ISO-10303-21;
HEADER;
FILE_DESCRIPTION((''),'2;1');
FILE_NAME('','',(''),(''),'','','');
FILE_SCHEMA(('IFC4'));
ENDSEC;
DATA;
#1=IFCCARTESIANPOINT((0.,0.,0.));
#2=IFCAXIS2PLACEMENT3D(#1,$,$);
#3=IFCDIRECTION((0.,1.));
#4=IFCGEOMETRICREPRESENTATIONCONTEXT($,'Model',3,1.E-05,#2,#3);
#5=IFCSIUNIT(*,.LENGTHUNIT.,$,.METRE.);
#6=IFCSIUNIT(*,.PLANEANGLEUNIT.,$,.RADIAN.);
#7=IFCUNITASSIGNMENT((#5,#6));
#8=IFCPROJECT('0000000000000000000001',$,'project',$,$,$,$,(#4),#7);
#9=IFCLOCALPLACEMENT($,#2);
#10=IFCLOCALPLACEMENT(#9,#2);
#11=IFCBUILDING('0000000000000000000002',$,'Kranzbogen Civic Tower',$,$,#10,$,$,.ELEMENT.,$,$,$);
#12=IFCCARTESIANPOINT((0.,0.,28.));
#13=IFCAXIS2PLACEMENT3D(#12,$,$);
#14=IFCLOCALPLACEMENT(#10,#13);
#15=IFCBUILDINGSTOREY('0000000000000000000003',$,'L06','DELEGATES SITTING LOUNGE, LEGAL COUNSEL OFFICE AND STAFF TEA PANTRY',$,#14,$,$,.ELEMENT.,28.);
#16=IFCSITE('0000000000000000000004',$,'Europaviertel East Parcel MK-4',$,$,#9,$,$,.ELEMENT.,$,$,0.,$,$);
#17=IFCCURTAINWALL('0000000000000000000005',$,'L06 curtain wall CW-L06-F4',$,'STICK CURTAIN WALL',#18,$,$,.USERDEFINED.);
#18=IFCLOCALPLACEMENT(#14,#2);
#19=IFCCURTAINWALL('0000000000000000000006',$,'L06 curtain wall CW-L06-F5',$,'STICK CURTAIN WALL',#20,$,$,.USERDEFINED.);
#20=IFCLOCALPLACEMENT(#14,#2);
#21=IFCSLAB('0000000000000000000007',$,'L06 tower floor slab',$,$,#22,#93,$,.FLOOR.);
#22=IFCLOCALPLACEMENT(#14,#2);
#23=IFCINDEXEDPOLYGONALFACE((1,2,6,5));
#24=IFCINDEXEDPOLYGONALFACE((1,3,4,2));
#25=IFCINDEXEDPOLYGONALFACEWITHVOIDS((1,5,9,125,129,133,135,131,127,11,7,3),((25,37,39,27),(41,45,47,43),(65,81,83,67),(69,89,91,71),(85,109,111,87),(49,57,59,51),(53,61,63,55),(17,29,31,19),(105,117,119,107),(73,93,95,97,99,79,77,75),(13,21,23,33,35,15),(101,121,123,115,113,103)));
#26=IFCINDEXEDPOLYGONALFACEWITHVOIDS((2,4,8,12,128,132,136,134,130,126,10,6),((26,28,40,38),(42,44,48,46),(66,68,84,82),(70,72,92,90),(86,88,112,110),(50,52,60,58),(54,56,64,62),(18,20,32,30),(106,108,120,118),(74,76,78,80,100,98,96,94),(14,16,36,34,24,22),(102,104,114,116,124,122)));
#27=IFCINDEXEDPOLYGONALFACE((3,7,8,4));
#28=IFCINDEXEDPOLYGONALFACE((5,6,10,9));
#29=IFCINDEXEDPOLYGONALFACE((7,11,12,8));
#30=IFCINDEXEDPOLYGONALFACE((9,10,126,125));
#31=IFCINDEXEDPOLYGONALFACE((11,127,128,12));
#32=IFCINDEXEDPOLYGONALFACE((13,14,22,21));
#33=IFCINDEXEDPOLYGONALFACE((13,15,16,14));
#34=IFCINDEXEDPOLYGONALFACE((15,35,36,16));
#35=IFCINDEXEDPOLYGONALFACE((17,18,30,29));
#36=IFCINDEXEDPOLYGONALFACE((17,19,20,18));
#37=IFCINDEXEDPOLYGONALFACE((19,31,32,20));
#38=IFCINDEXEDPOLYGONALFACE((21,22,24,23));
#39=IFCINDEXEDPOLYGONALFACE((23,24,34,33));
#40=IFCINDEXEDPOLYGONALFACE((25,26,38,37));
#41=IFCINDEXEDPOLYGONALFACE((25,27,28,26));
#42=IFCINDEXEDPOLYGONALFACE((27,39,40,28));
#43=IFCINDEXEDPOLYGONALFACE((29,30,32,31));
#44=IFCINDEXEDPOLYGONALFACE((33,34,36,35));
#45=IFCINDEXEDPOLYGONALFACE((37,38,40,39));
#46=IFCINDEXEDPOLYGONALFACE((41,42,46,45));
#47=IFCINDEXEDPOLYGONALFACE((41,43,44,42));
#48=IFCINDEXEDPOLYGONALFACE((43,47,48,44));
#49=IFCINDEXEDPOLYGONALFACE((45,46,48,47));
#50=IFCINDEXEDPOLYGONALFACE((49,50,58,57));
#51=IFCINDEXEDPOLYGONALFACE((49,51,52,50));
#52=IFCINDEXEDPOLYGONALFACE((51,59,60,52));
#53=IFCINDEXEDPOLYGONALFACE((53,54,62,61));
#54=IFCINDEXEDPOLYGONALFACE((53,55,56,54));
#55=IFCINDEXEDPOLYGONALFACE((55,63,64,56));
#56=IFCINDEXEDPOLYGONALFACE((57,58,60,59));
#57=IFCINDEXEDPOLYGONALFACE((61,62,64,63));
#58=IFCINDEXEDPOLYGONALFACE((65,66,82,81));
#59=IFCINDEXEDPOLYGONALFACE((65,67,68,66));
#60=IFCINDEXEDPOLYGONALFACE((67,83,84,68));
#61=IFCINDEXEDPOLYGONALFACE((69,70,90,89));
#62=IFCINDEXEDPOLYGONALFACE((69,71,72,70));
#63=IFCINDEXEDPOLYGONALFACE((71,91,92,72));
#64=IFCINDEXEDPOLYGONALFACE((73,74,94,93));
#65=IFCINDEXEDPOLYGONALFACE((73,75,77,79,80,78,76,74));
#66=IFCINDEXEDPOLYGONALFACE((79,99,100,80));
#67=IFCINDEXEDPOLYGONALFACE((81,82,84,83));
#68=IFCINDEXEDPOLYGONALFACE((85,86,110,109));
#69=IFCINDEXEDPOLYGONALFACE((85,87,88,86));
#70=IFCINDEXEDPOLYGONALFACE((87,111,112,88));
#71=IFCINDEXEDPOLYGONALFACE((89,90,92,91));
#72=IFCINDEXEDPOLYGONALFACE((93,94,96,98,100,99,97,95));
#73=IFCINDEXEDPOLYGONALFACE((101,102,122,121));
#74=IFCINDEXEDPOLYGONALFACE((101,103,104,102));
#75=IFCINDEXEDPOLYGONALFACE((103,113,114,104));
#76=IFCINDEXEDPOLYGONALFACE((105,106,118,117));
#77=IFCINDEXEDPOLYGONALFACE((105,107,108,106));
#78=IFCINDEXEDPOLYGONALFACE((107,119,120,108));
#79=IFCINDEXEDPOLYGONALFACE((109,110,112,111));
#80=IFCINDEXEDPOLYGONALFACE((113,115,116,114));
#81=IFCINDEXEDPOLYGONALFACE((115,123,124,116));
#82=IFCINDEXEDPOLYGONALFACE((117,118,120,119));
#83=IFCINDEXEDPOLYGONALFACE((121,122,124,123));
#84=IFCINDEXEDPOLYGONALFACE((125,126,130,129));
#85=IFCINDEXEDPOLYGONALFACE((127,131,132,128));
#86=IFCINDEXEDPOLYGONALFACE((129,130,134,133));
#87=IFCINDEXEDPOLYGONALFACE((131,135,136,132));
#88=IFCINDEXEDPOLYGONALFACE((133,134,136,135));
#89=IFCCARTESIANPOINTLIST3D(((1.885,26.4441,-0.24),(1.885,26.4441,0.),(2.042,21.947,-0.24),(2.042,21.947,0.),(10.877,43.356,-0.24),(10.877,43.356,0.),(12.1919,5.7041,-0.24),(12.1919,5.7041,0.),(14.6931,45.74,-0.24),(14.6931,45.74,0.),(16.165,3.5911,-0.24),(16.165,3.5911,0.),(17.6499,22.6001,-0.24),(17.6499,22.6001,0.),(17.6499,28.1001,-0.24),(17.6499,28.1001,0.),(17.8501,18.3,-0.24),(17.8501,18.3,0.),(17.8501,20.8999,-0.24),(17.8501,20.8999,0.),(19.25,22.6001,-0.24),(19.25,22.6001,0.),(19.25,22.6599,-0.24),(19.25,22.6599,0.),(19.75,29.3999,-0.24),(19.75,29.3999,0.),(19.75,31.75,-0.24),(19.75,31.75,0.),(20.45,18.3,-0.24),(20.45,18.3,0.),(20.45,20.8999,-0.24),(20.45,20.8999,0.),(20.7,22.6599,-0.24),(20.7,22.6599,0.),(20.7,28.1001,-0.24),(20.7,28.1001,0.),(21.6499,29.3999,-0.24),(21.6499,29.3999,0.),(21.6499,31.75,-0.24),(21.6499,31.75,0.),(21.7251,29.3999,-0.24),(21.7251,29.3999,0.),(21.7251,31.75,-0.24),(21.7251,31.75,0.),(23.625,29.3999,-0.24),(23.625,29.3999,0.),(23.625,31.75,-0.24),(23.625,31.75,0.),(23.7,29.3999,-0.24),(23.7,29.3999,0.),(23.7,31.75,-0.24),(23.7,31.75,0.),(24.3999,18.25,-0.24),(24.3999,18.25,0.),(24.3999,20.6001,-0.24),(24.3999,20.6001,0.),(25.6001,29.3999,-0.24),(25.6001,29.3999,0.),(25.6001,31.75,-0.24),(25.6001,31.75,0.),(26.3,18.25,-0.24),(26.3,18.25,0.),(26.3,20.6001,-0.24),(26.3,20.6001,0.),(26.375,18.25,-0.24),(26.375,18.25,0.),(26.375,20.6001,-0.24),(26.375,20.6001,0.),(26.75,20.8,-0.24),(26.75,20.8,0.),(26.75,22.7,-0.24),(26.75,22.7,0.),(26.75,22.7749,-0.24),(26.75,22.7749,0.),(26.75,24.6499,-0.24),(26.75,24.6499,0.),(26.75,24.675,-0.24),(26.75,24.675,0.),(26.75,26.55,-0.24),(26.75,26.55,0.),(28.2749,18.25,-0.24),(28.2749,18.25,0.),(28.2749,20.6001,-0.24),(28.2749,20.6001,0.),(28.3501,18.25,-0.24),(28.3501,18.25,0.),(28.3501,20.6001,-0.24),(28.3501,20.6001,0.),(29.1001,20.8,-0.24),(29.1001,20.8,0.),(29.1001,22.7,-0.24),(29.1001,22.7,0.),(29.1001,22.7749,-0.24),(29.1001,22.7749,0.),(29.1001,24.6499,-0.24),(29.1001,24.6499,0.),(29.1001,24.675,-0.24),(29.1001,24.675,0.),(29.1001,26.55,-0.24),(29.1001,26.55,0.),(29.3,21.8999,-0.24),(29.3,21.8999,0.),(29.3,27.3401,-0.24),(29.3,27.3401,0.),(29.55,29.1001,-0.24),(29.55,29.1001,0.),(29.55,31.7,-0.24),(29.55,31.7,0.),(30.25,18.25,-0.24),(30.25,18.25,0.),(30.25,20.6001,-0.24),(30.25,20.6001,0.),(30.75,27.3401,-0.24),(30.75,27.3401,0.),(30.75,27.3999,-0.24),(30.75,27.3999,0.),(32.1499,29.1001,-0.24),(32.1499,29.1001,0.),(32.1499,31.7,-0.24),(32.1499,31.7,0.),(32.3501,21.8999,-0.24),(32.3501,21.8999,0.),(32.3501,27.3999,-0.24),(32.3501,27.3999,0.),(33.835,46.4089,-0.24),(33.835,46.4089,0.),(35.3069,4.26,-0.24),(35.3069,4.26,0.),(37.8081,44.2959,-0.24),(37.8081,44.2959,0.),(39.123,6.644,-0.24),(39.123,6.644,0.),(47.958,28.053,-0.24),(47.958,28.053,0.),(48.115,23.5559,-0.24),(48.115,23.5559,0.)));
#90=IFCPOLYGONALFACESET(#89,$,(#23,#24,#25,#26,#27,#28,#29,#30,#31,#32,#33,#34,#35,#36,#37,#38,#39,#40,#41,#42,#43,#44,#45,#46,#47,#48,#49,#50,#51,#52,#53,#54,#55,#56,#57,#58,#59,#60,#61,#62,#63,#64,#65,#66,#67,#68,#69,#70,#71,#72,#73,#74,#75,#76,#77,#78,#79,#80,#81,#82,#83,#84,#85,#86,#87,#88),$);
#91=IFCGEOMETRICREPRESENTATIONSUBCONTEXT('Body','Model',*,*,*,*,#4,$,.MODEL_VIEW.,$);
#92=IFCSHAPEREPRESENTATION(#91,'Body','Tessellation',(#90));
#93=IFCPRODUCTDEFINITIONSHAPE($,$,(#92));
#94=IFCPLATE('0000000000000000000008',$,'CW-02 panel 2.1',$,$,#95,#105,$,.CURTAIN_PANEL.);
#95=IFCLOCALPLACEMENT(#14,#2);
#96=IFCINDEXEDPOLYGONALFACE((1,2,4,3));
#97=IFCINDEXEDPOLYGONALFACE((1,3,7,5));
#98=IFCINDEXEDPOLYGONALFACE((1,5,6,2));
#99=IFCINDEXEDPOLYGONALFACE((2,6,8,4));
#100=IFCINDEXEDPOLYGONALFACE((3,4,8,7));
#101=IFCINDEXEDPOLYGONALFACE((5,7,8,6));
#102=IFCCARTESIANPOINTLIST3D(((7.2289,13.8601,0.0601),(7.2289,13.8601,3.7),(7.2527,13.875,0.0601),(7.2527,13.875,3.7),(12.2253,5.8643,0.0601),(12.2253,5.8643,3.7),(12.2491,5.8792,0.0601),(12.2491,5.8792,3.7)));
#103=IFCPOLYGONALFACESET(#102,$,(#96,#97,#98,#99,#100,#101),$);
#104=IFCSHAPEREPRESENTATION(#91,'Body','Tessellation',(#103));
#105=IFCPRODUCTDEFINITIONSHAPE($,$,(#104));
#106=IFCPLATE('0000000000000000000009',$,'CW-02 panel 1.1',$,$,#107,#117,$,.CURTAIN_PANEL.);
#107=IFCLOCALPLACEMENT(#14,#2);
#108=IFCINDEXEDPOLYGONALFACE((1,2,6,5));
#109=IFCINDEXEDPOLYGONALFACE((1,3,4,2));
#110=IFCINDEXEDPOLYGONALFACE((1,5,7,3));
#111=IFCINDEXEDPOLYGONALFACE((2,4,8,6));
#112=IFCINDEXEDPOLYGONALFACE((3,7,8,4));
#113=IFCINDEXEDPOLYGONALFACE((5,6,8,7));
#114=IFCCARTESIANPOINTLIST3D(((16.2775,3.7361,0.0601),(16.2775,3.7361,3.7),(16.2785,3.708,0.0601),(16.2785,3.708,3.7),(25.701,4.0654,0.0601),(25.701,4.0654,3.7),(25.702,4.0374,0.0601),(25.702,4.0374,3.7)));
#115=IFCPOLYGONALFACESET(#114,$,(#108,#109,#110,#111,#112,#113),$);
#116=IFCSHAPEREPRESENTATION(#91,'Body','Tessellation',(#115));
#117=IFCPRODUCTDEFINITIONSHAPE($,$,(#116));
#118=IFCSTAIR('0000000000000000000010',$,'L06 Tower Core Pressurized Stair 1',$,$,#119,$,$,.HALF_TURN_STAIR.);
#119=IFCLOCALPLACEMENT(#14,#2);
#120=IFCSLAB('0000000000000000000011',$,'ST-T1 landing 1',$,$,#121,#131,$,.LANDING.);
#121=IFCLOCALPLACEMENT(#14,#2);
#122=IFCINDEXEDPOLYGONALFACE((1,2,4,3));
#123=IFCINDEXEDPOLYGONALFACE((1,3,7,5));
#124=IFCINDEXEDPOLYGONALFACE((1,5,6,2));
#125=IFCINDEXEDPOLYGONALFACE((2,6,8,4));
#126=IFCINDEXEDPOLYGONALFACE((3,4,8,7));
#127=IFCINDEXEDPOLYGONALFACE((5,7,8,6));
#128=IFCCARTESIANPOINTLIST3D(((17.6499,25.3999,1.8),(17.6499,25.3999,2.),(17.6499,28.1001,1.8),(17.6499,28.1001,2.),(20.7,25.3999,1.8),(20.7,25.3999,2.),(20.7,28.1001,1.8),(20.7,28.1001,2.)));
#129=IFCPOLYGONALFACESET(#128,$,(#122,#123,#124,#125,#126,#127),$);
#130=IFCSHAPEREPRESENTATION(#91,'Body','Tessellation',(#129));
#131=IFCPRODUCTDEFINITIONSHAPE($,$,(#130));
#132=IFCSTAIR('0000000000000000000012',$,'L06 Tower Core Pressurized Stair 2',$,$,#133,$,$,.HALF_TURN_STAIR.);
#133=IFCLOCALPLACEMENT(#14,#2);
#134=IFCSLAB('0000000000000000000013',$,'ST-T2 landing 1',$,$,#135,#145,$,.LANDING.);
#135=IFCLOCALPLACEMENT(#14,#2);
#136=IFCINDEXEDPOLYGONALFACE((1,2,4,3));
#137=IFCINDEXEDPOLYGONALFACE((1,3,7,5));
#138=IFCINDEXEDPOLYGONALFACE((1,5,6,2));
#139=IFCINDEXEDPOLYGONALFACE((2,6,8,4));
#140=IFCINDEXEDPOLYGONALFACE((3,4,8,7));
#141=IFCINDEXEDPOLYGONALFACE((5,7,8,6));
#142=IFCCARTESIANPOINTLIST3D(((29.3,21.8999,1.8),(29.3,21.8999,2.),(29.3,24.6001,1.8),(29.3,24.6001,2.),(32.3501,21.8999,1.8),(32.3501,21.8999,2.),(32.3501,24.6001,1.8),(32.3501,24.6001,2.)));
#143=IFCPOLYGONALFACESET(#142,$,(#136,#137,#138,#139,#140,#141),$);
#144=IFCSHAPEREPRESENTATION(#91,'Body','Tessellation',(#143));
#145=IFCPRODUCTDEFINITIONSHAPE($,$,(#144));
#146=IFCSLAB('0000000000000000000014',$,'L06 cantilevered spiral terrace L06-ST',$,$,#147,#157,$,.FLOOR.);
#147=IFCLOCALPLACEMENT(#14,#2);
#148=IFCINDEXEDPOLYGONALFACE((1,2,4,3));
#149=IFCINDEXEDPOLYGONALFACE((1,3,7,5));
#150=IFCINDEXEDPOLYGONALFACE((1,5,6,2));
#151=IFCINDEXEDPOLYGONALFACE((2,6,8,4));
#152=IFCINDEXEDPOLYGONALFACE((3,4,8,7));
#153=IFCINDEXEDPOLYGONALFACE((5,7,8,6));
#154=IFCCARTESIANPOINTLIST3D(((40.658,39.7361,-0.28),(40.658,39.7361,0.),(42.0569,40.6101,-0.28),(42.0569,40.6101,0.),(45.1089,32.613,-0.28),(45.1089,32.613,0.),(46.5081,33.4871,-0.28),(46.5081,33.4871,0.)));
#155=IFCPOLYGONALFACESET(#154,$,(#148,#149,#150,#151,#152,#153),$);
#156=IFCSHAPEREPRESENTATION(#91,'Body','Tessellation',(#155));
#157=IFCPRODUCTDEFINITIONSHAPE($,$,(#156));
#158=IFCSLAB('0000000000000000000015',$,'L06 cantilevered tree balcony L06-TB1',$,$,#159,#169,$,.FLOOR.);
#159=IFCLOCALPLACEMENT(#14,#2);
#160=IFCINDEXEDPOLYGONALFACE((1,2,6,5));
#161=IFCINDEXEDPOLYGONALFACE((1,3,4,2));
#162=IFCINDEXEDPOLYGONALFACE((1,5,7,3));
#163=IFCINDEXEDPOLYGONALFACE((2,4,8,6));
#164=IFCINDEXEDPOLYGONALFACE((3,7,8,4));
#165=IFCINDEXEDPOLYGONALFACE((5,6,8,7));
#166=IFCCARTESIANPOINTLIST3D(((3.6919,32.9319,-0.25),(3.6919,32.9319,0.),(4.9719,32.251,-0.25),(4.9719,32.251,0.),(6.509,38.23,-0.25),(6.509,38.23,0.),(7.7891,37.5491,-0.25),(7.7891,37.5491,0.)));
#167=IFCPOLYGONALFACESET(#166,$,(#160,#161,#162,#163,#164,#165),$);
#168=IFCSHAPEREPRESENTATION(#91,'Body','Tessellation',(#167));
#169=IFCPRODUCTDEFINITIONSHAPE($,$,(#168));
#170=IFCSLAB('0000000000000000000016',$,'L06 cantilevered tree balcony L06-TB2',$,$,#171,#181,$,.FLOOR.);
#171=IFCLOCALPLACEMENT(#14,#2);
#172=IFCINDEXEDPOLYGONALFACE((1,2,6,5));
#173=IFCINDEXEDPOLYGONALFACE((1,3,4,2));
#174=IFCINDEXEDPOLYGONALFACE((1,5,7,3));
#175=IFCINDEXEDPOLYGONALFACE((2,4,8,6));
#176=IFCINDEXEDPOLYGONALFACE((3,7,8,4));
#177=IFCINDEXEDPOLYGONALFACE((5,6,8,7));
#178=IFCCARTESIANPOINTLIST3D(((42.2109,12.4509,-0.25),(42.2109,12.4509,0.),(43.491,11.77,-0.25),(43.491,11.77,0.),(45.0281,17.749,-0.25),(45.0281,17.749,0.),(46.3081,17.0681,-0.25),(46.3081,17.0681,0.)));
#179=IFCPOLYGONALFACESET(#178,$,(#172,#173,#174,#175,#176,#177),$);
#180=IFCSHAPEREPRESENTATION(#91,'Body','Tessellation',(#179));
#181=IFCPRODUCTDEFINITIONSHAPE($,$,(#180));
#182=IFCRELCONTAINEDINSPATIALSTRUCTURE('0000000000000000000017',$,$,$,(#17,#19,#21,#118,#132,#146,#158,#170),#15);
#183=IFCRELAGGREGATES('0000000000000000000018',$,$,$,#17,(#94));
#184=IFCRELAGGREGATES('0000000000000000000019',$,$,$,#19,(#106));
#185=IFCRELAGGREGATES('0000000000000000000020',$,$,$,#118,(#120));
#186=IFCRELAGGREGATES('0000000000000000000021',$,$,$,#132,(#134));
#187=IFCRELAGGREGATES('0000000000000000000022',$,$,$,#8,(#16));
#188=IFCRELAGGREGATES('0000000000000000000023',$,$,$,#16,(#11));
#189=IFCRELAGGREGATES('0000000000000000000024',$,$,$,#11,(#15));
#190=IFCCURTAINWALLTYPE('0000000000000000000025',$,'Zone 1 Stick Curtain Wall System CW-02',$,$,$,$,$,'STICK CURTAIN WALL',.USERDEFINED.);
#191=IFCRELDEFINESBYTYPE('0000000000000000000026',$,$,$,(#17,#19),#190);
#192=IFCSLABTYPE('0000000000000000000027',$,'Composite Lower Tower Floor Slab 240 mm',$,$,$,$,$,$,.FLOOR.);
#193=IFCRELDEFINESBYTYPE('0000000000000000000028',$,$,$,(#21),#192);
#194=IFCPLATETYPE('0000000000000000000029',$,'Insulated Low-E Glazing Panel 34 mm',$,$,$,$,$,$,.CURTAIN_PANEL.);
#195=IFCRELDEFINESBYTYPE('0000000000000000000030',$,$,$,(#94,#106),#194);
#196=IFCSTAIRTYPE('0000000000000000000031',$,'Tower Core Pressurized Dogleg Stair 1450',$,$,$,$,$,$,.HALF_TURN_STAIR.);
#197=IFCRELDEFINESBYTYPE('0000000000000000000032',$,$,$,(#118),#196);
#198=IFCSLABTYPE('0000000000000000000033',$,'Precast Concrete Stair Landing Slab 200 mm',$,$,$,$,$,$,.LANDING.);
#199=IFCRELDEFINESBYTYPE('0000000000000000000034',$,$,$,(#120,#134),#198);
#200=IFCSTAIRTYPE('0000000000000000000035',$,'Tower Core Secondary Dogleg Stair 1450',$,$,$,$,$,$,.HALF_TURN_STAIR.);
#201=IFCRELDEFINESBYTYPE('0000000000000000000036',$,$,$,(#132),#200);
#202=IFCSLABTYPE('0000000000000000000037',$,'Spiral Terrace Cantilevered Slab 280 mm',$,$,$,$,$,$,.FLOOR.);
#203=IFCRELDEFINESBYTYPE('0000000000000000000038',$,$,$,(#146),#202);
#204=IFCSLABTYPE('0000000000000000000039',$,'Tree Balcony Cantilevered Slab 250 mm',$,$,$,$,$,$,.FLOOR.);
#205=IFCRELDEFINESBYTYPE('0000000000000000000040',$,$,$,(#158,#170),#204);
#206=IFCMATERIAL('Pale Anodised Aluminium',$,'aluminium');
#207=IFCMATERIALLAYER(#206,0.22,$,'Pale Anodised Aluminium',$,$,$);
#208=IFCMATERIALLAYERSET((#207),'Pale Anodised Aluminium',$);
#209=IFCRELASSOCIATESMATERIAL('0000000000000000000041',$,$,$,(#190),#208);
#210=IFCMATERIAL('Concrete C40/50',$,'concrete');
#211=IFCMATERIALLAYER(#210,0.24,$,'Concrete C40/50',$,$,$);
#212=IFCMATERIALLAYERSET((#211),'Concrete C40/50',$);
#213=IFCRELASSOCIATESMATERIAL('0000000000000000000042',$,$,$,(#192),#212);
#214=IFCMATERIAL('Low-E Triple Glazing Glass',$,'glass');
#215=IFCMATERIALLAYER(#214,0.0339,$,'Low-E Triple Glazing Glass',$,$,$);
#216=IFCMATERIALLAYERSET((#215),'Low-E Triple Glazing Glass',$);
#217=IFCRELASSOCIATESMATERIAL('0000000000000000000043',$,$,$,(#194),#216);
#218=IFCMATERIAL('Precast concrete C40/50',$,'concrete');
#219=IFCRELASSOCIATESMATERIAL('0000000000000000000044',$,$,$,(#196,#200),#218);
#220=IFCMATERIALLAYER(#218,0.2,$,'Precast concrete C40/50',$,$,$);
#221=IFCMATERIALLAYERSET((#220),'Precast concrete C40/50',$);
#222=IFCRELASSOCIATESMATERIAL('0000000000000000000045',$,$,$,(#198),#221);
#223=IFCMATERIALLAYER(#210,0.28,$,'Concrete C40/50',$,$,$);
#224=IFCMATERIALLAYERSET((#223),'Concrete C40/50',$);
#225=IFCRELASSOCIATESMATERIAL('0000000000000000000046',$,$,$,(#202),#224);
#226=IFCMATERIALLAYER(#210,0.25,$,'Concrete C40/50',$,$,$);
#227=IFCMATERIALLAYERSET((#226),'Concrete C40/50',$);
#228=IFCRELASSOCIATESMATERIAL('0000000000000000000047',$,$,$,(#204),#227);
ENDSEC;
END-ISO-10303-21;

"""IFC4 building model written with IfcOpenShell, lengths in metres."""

from ifc_helpers import new_model, si_unit, direction, frame, origin, origin_2d, place, context, subcontext, project, spatial, polyline, rectangle, outline, extrude, material, layer, layer_set, type_object, element, aggregate, save


model = new_model("IFC4")

# Units and contexts
model_context = context("Model", 3, precision=1e-05, world=origin(), true_north=direction((0.0, 1.0)))
body_context = subcontext(model_context, "Body", "Model", "MODEL_VIEW")
ifc_project = project(units=[si_unit("LENGTHUNIT", "METRE"), si_unit("PLANEANGLEUNIT", "RADIAN")], contexts=[model_context])

# Site, building, storey
site_placement = place(None, origin())
site = spatial("IfcSite", under=ifc_project, at=site_placement, Name="Europaviertel East Parcel MK-4", CompositionType="ELEMENT", RefElevation=0.0)
building_placement = place(site_placement, origin())
building = spatial("IfcBuilding", under=site, at=building_placement, Name="Kranzbogen Civic Tower", CompositionType="ELEMENT")
storey_placement = place(building_placement, frame((0.0, 0.0, 28.0)))
storey = spatial("IfcBuildingStorey", under=building, at=storey_placement, Name="L06", Description="DELEGATES SITTING LOUNGE, LEGAL COUNSEL OFFICE AND STAFF TEA PANTRY", CompositionType="ELEMENT", Elevation=28.0)

# Curtain wall
ifc_material_1 = material(Name="Pale Anodised Aluminium", Category="aluminium")
ifc_layer_1 = layer(ifc_material_1, 0.22, Name="Pale Anodised Aluminium")
ifc_layer_set_1 = layer_set([ifc_layer_1], Name="Pale Anodised Aluminium")
curtain_wall_type = type_object("IfcCurtainWallType", Name="Zone 1 Stick Curtain Wall System CW-02", ElementType="STICK CURTAIN WALL", PredefinedType="USERDEFINED", material=ifc_layer_set_1)
curtain_wall_1_placement = place(storey_placement, origin())
curtain_wall_1 = element("IfcCurtainWall", 1, at=curtain_wall_1_placement, inside=storey, type_object=curtain_wall_type, Name="L06 curtain wall CW-L06-F4", ObjectType="STICK CURTAIN WALL", PredefinedType="USERDEFINED")

# Curtain wall
curtain_wall_2_placement = place(storey_placement, origin())
curtain_wall_2 = element("IfcCurtainWall", 2, at=curtain_wall_2_placement, inside=storey, type_object=curtain_wall_type, Name="L06 curtain wall CW-L06-F5", ObjectType="STICK CURTAIN WALL", PredefinedType="USERDEFINED")

# Slab
ifc_material_2 = material(Name="Concrete C40/50", Category="concrete")
ifc_layer_2 = layer(ifc_material_2, 0.24, Name="Concrete C40/50")
ifc_layer_set_2 = layer_set([ifc_layer_2], Name="Concrete C40/50")
slab_type_1 = type_object("IfcSlabType", Name="Composite Lower Tower Floor Slab 240 mm", PredefinedType="FLOOR", material=ifc_layer_set_2)
slab_1_placement = place(storey_placement, frame((0.0, 0.0, -0.24)))
element("IfcSlab", 3, at=slab_1_placement, inside=storey, type_object=slab_type_1, Name="L06 tower floor slab", PredefinedType="FLOOR", context=body_context, shape_type="SweptSolid", body=[
    extrude(outline(polyline([(47.958, 28.053), (37.8081, 44.2959), (33.835, 46.4089), (14.6931, 45.74), (10.877, 43.356), (1.885, 26.4441), (2.042, 21.947), (12.1919, 5.7041), (16.165, 3.5911), (35.3069, 4.26), (39.123, 6.644), (48.115, 23.5559), (47.958, 28.053)]), holes=[polyline([(26.3, 20.6001), (26.3, 18.25), (24.3999, 18.25), (24.3999, 20.6001), (26.3, 20.6001)]), polyline([(28.2749, 18.25), (26.375, 18.25), (26.375, 20.6001), (28.2749, 20.6001), (28.2749, 18.25)]), polyline([(20.45, 18.3), (17.8501, 18.3), (17.8501, 20.8999), (20.45, 20.8999), (20.45, 18.3)]), polyline([(20.7, 22.6599), (19.25, 22.6599), (19.25, 22.6001), (17.6499, 22.6001), (17.6499, 28.1001), (20.7, 28.1001), (20.7, 22.6599)]), polyline([(21.6499, 29.3999), (19.75, 29.3999), (19.75, 31.75), (21.6499, 31.75), (21.6499, 29.3999)]), polyline([(23.625, 29.3999), (21.7251, 29.3999), (21.7251, 31.75), (23.625, 31.75), (23.625, 29.3999)]), polyline([(25.6001, 31.75), (25.6001, 29.3999), (23.7, 29.3999), (23.7, 31.75), (25.6001, 31.75)]), polyline([(30.25, 18.25), (28.3501, 18.25), (28.3501, 20.6001), (30.25, 20.6001), (30.25, 18.25)]), polyline([(29.1001, 20.8), (26.75, 20.8), (26.75, 22.7), (29.1001, 22.7), (29.1001, 20.8)]), polyline([(26.75, 26.55), (29.1001, 26.55), (29.1001, 24.675), (29.1001, 24.6499), (29.1001, 22.7749), (26.75, 22.7749), (26.75, 24.6499), (26.75, 24.675), (26.75, 26.55)]), polyline([(30.75, 27.3401), (30.75, 27.3999), (32.3501, 27.3999), (32.3501, 21.8999), (29.3, 21.8999), (29.3, 27.3401), (30.75, 27.3401)]), polyline([(32.1499, 29.1001), (29.55, 29.1001), (29.55, 31.7), (32.1499, 31.7), (32.1499, 29.1001)])]), origin(), (0.0, 0.0, 1.0), 0.24),
])

# Plates
ifc_material_3 = material(Name="Low-E Triple Glazing Glass", Category="glass")
ifc_layer_3 = layer(ifc_material_3, 0.0339, Name="Low-E Triple Glazing Glass")
ifc_layer_set_3 = layer_set([ifc_layer_3], Name="Low-E Triple Glazing Glass")
plate_type = type_object("IfcPlateType", Name="Insulated Low-E Glazing Panel 34 mm", PredefinedType="CURTAIN_PANEL", material=ifc_layer_set_3)
plate_1_placement = place(storey_placement, frame((9.739, 9.8696, 0.0601), z_axis=(0.0, 0.0, 1.0), x_axis=(0.529923, -0.848046, 0.0)))
plate_1 = element("IfcPlate", 4, at=plate_1_placement, type_object=plate_type, Name="CW-02 panel 2.1", PredefinedType="CURTAIN_PANEL", context=body_context, shape_type="SweptSolid", body=[
    extrude(rectangle(XDim=9.4285, YDim=0.0281, at=origin_2d()), origin(), (0.0, 0.0, 1.0), 3.6399),
])
aggregate(curtain_wall_1, [plate_1])
plate_2_placement = place(storey_placement, frame((20.9897, 3.8867, 0.0601), z_axis=(0.0, 0.0, 1.0), x_axis=(0.99939, 0.034929, 0.0)))
plate_2 = element("IfcPlate", 5, at=plate_2_placement, type_object=plate_type, Name="CW-02 panel 1.1", PredefinedType="CURTAIN_PANEL", context=body_context, shape_type="SweptSolid", body=[
    extrude(rectangle(XDim=9.4292, YDim=0.0281, at=origin_2d()), origin(), (0.0, 0.0, 1.0), 3.6399),
])
aggregate(curtain_wall_2, [plate_2])

# Stairs, slabs
ifc_material_4 = material(Name="Precast concrete C40/50", Category="concrete")
stair_type_1 = type_object("IfcStairType", Name="Tower Core Pressurized Dogleg Stair 1450", PredefinedType="HALF_TURN_STAIR", material=ifc_material_4)
stair_1_placement = place(storey_placement, origin())
stair_1 = element("IfcStair", 6, at=stair_1_placement, inside=storey, type_object=stair_type_1, Name="L06 Tower Core Pressurized Stair 1", PredefinedType="HALF_TURN_STAIR")
ifc_layer_4 = layer(ifc_material_4, 0.2, Name="Precast concrete C40/50")
ifc_layer_set_4 = layer_set([ifc_layer_4], Name="Precast concrete C40/50")
slab_type_2 = type_object("IfcSlabType", Name="Precast Concrete Stair Landing Slab 200 mm", PredefinedType="LANDING", material=ifc_layer_set_4)
slab_2_placement = place(storey_placement, frame((0.0, 0.0, 1.8)))
slab_2 = element("IfcSlab", 7, at=slab_2_placement, type_object=slab_type_2, Name="ST-T1 landing 1", PredefinedType="LANDING", context=body_context, shape_type="SweptSolid", body=[
    extrude(outline(polyline([(20.7, 25.3999), (20.7, 28.1001), (17.6499, 28.1001), (17.6499, 25.3999), (20.7, 25.3999)])), origin(), (0.0, 0.0, 1.0), 0.2),
])
aggregate(stair_1, [slab_2])
stair_type_2 = type_object("IfcStairType", Name="Tower Core Secondary Dogleg Stair 1450", PredefinedType="HALF_TURN_STAIR", material=ifc_material_4)
stair_2_placement = place(storey_placement, origin())
stair_2 = element("IfcStair", 8, at=stair_2_placement, inside=storey, type_object=stair_type_2, Name="L06 Tower Core Pressurized Stair 2", PredefinedType="HALF_TURN_STAIR")
slab_3_placement = place(storey_placement, frame((0.0, 0.0, 1.8)))
slab_3 = element("IfcSlab", 9, at=slab_3_placement, type_object=slab_type_2, Name="ST-T2 landing 1", PredefinedType="LANDING", context=body_context, shape_type="SweptSolid", body=[
    extrude(outline(polyline([(29.3, 24.6001), (29.3, 21.8999), (32.3501, 21.8999), (32.3501, 24.6001), (29.3, 24.6001)])), origin(), (0.0, 0.0, 1.0), 0.2),
])
aggregate(stair_2, [slab_3])

# Slabs
ifc_layer_5 = layer(ifc_material_2, 0.28, Name="Concrete C40/50")
ifc_layer_set_5 = layer_set([ifc_layer_5], Name="Concrete C40/50")
slab_type_3 = type_object("IfcSlabType", Name="Spiral Terrace Cantilevered Slab 280 mm", PredefinedType="FLOOR", material=ifc_layer_set_5)
slab_4_placement = place(storey_placement, frame((0.0, 0.0, -0.28)))
element("IfcSlab", 10, at=slab_4_placement, inside=storey, type_object=slab_type_3, Name="L06 cantilevered spiral terrace L06-ST", PredefinedType="FLOOR", context=body_context, shape_type="SweptSolid", body=[
    extrude(outline(polyline([(45.1089, 32.613), (40.658, 39.7361), (42.0569, 40.6101), (46.5081, 33.4871), (45.1089, 32.613)])), origin(), (0.0, 0.0, 1.0), 0.28),
])
ifc_layer_6 = layer(ifc_material_2, 0.25, Name="Concrete C40/50")
ifc_layer_set_6 = layer_set([ifc_layer_6], Name="Concrete C40/50")
slab_type_4 = type_object("IfcSlabType", Name="Tree Balcony Cantilevered Slab 250 mm", PredefinedType="FLOOR", material=ifc_layer_set_6)
slab_5_placement = place(storey_placement, frame((0.0, 0.0, -0.25)))
element("IfcSlab", 11, at=slab_5_placement, inside=storey, type_object=slab_type_4, Name="L06 cantilevered tree balcony L06-TB1", PredefinedType="FLOOR", context=body_context, shape_type="SweptSolid", body=[
    extrude(outline(polyline([(7.7891, 37.5491), (4.9719, 32.251), (3.6919, 32.9319), (6.509, 38.23), (7.7891, 37.5491)])), origin(), (0.0, 0.0, 1.0), 0.25),
])
slab_6_placement = place(storey_placement, frame((0.0, 0.0, -0.25)))
element("IfcSlab", 12, at=slab_6_placement, inside=storey, type_object=slab_type_4, Name="L06 cantilevered tree balcony L06-TB2", PredefinedType="FLOOR", context=body_context, shape_type="SweptSolid", body=[
    extrude(outline(polyline([(42.2109, 12.4509), (45.0281, 17.749), (46.3081, 17.0681), (43.491, 11.77), (42.2109, 12.4509)])), origin(), (0.0, 0.0, 1.0), 0.25),
])

save(model, "model.ifc")
